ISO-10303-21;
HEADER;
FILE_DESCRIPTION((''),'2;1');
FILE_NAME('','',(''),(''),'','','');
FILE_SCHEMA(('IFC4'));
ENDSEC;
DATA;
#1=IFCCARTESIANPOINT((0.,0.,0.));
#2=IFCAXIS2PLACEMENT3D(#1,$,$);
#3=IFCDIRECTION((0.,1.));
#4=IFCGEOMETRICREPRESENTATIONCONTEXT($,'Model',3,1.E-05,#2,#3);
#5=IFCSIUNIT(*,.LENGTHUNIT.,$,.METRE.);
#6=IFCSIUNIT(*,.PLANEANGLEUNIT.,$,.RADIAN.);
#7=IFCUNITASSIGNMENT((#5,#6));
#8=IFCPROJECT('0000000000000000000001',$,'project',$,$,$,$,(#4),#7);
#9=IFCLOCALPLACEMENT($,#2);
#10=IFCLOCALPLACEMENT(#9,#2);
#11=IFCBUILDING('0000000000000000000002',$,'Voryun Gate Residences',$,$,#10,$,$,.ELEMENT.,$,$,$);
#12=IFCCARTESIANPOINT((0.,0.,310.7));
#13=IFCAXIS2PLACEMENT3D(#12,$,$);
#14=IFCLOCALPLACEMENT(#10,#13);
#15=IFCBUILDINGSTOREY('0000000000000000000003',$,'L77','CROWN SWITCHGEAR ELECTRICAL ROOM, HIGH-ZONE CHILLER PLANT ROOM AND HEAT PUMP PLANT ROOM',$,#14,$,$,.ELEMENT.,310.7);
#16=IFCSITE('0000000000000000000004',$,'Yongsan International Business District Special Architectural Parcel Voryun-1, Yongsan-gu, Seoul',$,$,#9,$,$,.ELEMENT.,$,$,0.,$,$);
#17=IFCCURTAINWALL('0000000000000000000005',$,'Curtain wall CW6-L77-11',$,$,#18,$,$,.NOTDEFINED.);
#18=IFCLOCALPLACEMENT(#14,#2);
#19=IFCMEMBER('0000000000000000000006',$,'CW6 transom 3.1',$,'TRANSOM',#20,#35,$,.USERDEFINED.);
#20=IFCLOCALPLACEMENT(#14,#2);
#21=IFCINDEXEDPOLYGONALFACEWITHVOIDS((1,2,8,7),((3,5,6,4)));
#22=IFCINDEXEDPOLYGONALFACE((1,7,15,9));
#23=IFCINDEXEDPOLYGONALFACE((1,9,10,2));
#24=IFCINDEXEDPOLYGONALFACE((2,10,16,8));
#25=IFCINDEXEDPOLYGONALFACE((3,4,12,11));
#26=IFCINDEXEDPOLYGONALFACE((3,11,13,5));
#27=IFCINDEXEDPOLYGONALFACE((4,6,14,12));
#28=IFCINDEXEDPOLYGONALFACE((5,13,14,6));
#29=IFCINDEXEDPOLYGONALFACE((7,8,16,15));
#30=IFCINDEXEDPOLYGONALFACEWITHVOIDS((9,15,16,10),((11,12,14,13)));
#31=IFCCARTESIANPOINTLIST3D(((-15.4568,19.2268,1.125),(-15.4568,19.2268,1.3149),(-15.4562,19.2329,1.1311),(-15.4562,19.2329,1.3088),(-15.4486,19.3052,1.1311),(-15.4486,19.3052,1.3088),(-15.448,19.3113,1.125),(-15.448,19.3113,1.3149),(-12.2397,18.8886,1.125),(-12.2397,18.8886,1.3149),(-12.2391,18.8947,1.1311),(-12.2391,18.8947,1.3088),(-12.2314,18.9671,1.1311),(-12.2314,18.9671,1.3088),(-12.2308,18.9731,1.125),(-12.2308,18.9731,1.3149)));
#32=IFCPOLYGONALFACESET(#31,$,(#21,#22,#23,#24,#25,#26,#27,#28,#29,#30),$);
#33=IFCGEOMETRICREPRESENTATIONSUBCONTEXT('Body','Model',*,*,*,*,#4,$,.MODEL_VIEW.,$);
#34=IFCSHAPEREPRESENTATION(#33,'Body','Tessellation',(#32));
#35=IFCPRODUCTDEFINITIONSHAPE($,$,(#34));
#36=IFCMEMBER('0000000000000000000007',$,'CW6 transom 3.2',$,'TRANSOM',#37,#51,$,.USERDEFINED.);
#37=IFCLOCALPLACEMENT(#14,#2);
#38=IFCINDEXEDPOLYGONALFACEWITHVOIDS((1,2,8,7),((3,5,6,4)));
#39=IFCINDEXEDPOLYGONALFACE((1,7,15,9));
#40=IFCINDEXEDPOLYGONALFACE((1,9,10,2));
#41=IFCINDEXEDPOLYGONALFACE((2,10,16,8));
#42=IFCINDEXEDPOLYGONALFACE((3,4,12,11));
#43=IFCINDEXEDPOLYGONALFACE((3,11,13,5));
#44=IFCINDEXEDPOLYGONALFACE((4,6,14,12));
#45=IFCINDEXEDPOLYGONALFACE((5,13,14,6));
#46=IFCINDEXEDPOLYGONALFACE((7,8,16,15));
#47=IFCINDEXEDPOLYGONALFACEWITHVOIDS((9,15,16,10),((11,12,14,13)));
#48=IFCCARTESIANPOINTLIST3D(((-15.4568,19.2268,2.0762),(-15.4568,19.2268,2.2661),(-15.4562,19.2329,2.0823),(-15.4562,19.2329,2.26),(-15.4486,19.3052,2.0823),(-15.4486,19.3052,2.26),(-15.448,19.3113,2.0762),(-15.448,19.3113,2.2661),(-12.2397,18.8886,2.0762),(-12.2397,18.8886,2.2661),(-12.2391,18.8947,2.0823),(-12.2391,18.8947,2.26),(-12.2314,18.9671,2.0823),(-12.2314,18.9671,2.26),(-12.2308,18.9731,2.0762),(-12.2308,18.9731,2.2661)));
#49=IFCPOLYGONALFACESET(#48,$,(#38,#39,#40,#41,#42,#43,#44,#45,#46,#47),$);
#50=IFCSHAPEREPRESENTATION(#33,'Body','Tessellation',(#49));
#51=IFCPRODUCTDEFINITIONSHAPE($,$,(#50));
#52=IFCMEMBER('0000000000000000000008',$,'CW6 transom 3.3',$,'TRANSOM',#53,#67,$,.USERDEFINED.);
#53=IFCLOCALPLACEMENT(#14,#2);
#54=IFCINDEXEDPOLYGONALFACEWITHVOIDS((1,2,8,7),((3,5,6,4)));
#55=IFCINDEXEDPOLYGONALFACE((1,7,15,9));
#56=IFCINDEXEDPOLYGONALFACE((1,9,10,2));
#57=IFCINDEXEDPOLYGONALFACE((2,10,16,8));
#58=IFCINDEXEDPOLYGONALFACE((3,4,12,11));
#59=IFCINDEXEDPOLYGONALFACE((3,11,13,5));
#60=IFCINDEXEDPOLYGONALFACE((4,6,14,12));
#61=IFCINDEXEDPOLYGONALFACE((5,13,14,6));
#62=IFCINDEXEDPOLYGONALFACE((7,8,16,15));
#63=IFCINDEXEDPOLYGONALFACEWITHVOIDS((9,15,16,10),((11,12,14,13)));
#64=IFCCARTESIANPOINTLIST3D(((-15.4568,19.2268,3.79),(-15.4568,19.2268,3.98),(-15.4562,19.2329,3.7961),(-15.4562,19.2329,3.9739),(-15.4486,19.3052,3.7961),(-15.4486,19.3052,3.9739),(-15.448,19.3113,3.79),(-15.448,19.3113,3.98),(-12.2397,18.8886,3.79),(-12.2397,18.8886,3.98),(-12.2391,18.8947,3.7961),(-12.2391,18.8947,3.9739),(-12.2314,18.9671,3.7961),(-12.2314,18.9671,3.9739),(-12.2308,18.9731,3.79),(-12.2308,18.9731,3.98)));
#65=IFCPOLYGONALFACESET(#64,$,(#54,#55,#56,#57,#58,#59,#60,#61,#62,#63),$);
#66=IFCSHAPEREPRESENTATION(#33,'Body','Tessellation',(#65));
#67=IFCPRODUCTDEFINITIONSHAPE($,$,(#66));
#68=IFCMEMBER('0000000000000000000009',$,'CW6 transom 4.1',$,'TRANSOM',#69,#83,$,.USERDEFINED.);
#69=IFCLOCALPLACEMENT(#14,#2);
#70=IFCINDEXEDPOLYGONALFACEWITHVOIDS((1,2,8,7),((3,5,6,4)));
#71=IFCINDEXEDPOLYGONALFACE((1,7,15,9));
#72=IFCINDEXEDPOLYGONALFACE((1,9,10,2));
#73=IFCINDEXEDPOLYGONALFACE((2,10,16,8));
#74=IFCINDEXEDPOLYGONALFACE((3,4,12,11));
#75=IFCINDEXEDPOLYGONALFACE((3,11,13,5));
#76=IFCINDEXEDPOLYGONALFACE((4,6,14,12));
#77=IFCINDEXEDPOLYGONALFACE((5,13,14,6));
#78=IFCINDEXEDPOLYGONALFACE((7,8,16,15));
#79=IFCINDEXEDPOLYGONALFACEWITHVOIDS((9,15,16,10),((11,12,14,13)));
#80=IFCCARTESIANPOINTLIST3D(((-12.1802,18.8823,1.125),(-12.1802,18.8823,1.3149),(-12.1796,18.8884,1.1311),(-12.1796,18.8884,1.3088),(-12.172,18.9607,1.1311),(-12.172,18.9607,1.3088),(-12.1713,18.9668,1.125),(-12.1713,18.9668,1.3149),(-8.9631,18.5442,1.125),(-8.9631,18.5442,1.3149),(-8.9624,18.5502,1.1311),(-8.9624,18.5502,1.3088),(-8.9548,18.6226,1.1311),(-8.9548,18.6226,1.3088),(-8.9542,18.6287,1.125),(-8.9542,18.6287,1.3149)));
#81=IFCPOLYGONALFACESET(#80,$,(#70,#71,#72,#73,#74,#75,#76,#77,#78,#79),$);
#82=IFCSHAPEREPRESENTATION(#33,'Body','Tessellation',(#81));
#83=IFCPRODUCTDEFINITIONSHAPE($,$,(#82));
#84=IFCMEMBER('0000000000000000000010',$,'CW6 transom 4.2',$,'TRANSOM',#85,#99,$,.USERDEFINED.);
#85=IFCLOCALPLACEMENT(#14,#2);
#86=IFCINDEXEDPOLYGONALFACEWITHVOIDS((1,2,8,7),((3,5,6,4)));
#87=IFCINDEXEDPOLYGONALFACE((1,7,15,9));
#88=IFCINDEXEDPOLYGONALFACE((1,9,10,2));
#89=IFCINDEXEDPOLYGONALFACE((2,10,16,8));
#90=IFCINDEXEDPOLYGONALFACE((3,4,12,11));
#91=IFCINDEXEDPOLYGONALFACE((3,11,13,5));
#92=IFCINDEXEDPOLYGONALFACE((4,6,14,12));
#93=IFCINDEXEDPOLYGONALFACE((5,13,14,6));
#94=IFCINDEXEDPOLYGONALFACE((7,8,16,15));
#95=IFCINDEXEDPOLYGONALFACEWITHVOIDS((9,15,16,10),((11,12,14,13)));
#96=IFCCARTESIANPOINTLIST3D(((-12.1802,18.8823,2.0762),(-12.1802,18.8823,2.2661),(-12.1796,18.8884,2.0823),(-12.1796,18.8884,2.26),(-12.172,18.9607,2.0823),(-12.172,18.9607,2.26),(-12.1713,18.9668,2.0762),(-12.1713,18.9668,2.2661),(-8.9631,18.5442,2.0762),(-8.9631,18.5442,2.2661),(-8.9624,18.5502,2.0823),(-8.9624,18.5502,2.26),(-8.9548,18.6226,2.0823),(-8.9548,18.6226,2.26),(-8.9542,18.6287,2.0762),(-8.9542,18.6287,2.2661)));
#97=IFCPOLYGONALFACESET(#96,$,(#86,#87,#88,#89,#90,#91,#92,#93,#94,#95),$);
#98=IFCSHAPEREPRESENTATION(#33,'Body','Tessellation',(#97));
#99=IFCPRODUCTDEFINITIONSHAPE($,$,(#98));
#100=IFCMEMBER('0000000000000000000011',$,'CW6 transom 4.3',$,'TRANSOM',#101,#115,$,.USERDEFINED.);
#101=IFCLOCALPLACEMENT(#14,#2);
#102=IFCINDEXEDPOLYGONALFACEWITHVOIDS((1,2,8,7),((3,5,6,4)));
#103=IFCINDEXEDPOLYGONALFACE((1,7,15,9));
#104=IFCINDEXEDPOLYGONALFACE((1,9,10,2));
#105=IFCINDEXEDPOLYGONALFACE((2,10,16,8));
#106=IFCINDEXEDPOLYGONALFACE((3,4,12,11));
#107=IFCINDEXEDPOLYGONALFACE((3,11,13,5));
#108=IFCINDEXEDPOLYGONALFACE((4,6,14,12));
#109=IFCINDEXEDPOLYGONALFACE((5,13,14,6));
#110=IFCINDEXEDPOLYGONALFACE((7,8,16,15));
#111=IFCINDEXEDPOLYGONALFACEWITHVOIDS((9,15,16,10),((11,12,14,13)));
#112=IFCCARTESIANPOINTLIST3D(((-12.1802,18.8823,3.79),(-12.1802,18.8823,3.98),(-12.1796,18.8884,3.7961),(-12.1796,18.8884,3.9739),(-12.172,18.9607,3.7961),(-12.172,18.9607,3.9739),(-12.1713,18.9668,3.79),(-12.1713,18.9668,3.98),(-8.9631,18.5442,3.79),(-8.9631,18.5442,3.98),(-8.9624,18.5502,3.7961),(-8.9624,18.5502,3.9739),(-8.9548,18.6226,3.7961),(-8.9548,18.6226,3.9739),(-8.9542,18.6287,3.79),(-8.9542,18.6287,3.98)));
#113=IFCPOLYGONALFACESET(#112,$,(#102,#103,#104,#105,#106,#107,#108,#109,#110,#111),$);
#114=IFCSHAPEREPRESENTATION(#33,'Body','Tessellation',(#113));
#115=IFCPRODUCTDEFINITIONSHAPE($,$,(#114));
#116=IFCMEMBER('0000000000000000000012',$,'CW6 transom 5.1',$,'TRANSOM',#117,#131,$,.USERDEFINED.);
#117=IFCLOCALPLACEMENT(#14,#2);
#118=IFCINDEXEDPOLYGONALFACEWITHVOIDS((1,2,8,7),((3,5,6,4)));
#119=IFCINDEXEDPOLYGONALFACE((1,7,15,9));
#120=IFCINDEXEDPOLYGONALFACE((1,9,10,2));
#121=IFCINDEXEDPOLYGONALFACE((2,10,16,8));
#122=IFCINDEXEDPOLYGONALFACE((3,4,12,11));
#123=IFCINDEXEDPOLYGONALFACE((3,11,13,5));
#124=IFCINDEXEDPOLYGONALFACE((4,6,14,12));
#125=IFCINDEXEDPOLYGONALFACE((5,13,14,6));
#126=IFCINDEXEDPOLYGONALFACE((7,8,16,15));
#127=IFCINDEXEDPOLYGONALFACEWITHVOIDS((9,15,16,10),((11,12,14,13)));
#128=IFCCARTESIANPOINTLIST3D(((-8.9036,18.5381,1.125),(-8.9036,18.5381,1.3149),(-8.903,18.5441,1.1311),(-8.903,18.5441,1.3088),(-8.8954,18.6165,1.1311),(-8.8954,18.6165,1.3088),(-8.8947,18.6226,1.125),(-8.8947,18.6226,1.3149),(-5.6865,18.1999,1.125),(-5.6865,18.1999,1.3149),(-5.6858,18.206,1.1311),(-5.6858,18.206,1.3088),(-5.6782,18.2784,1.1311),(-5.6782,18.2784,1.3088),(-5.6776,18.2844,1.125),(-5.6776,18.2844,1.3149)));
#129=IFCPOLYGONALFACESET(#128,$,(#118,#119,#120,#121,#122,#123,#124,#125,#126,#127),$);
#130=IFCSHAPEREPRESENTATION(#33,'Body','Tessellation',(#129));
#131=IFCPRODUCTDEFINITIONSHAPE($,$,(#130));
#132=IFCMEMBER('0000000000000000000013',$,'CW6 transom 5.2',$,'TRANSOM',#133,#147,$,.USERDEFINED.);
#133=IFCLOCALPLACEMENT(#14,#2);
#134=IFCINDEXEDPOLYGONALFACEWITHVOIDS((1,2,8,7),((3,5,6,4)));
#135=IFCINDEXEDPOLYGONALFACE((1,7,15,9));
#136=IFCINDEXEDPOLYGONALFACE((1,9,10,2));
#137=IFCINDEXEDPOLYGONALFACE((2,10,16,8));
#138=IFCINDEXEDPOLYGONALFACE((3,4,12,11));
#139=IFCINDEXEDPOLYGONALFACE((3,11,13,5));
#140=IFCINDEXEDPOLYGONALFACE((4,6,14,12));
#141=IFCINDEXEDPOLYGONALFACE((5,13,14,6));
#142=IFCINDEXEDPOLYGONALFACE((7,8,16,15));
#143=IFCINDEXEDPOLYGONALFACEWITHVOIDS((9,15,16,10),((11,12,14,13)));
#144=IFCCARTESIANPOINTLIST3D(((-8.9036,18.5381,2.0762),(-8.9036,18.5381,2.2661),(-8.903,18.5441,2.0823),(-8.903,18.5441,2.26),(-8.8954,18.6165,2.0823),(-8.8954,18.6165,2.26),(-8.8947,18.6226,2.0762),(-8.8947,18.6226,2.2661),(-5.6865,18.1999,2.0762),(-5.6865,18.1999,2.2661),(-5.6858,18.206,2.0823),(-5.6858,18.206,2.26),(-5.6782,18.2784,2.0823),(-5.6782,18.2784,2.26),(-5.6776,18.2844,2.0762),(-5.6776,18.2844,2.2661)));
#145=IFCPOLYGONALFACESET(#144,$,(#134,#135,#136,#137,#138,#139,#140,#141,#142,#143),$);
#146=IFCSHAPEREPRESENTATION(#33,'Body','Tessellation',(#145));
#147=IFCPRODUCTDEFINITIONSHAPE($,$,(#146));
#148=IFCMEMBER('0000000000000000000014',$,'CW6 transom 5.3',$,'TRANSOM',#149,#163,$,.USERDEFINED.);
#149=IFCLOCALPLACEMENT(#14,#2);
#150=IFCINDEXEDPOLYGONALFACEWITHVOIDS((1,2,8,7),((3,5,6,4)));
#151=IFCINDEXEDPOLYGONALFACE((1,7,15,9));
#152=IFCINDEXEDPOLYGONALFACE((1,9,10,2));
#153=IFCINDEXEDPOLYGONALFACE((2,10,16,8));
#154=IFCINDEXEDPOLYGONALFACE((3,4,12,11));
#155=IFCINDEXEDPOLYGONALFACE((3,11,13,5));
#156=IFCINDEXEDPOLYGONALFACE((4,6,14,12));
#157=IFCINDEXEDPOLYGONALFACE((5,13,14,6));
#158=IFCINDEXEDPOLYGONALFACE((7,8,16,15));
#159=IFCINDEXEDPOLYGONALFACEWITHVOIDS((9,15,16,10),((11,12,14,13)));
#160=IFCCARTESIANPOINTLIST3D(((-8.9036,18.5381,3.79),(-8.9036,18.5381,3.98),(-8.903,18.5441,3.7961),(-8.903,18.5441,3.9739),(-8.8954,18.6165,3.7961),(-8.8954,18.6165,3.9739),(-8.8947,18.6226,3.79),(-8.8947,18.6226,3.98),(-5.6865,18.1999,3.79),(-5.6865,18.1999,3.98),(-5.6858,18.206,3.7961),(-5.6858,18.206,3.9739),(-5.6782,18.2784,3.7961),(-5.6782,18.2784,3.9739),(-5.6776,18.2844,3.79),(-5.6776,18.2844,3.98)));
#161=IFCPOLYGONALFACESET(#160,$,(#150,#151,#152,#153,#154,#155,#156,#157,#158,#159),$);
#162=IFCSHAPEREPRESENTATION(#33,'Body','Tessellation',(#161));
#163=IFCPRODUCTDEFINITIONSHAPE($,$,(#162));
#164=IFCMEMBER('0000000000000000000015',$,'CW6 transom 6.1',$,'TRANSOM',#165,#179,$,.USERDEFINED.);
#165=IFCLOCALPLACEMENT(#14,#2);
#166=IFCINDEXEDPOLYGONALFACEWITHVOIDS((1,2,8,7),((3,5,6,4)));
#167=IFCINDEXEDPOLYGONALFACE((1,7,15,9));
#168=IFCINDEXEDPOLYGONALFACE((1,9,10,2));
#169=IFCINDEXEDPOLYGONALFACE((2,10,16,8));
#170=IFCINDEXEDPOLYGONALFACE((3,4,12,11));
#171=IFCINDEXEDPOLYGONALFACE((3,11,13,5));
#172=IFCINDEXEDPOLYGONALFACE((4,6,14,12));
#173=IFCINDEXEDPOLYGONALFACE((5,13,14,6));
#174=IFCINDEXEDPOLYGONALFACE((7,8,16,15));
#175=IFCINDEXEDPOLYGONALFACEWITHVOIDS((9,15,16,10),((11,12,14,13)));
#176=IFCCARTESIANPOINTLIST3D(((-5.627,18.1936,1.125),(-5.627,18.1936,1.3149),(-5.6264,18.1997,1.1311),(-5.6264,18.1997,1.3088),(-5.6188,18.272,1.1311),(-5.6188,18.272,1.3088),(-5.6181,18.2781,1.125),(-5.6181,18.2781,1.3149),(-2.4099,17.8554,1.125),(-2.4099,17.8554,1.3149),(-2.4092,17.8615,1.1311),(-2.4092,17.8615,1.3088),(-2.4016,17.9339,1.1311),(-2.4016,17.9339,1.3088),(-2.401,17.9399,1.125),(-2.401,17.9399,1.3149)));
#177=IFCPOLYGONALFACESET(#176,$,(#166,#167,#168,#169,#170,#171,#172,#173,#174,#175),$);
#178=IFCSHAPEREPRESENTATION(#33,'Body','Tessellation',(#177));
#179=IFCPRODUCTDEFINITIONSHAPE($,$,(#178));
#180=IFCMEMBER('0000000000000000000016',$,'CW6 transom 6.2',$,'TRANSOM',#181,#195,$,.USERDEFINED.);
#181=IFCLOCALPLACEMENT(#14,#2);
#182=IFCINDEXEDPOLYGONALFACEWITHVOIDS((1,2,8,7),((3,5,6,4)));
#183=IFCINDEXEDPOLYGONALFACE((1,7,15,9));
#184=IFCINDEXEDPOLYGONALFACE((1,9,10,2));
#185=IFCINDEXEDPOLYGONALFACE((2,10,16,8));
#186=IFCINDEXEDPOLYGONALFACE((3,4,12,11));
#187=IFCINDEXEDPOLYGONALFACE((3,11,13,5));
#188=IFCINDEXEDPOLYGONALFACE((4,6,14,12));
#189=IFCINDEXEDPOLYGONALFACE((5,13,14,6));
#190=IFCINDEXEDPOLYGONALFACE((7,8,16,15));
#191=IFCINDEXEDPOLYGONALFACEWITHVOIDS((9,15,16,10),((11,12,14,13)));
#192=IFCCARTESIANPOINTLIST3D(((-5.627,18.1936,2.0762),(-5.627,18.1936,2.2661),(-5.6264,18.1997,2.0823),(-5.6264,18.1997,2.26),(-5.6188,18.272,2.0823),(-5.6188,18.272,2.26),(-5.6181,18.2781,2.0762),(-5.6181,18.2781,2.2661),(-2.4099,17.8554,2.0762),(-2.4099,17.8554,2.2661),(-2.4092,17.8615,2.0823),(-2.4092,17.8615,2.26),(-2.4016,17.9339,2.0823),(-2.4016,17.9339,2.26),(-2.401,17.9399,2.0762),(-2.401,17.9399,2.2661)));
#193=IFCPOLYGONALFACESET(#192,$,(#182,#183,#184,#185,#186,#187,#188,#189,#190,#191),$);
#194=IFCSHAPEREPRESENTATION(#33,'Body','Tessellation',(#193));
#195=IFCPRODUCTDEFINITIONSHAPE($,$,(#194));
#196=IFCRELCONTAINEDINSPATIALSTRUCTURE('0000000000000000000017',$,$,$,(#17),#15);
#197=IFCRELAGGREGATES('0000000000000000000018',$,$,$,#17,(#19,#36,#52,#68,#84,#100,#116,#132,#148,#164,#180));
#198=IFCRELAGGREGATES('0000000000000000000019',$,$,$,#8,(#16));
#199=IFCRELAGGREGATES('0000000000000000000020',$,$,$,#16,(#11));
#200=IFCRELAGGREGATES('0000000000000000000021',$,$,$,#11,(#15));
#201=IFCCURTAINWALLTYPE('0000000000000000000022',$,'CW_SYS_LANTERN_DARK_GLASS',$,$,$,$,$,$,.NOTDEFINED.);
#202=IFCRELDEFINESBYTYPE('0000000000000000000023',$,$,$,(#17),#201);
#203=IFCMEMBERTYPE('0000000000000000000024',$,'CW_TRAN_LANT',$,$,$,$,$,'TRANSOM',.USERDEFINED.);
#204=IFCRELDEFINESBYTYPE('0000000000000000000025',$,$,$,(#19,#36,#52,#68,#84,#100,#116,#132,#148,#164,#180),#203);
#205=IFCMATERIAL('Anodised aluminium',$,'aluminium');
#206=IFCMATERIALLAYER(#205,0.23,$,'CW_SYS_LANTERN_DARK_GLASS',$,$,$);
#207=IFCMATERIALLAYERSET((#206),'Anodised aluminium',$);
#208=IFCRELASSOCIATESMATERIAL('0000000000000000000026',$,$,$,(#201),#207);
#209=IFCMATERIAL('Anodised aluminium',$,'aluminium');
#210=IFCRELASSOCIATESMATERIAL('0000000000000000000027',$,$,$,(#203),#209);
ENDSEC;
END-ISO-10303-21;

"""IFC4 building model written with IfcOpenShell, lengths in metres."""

from ifc_helpers import new_model, si_unit, direction, frame, origin, origin_2d, place, context, subcontext, project, spatial, hollow_rectangle, extrude, material, layer, layer_set, material_profile, profile_set, type_object, element, aggregate, save


model = new_model("IFC4")

# Units and contexts
model_context = context("Model", 3, precision=1e-05, world=origin(), true_north=direction((0.0, 1.0)))
body_context = subcontext(model_context, "Body", "Model", "MODEL_VIEW")
ifc_project = project(units=[si_unit("LENGTHUNIT", "METRE"), si_unit("PLANEANGLEUNIT", "RADIAN")], contexts=[model_context])

# Site, building, storey
site_placement = place(None, origin())
site = spatial("IfcSite", under=ifc_project, at=site_placement, Name="Yongsan International Business District Special Architectural Parcel Voryun-1, Yongsan-gu, Seoul", CompositionType="ELEMENT", RefElevation=0.0)
building_placement = place(site_placement, origin())
building = spatial("IfcBuilding", under=site, at=building_placement, Name="Voryun Gate Residences", CompositionType="ELEMENT")
storey_placement = place(building_placement, frame((0.0, 0.0, 310.7)))
storey = spatial("IfcBuildingStorey", under=building, at=storey_placement, Name="L77", Description="CROWN SWITCHGEAR ELECTRICAL ROOM, HIGH-ZONE CHILLER PLANT ROOM AND HEAT PUMP PLANT ROOM", CompositionType="ELEMENT", Elevation=310.7)

# Curtain wall, members
ifc_material_1 = material(Name="Anodised aluminium", Category="aluminium")
ifc_layer_1 = layer(ifc_material_1, 0.23, Name="CW_SYS_LANTERN_DARK_GLASS")
ifc_layer_set_1 = layer_set([ifc_layer_1], Name="Anodised aluminium")
curtain_wall_type = type_object("IfcCurtainWallType", Name="CW_SYS_LANTERN_DARK_GLASS", PredefinedType="NOTDEFINED", material=ifc_layer_set_1)
curtain_wall_placement = place(storey_placement, origin())
curtain_wall = element("IfcCurtainWall", 1, at=curtain_wall_placement, inside=storey, type_object=curtain_wall_type, Name="Curtain wall CW6-L77-11", PredefinedType="NOTDEFINED")
ifc_material_2 = material(Name="Anodised aluminium", Category="aluminium")
ifc_material_profile_1 = material_profile(ifc_material_2, hollow_rectangle(XDim=0.085, YDim=0.1899, WallThickness=0.0061, at=origin_2d()), Name="ALU-TRAN-190x85x6")
ifc_profile_set_1 = profile_set([ifc_material_profile_1], Name="Anodised aluminium")
member_type_1 = type_object("IfcMemberType", Name="CW_TRAN_LANT", ElementType="TRANSOM", PredefinedType="USERDEFINED", material=ifc_profile_set_1)
member_1_placement = place(storey_placement, frame((-15.4524, 19.269, 1.22), z_axis=(0.994522, -0.104532, 0.0), x_axis=(0.104532, 0.994522, 0.0)))
member_1 = element("IfcMember", 2, at=member_1_placement, type_object=member_type_1, Name="CW6 transom 3.1", ObjectType="TRANSOM", PredefinedType="USERDEFINED", context=body_context, shape_type="SweptSolid", body=[
    extrude(hollow_rectangle(XDim=0.085, YDim=0.1899, WallThickness=0.0061, at=origin_2d()), origin(), (0.0, 0.0, 1.0), 3.2349),
])
member_2_placement = place(storey_placement, frame((-15.4524, 19.269, 2.1711), z_axis=(0.994522, -0.104532, 0.0), x_axis=(0.104532, 0.994522, 0.0)))
member_2 = element("IfcMember", 3, at=member_2_placement, type_object=member_type_1, Name="CW6 transom 3.2", ObjectType="TRANSOM", PredefinedType="USERDEFINED", context=body_context, shape_type="SweptSolid", body=[
    extrude(hollow_rectangle(XDim=0.085, YDim=0.1899, WallThickness=0.0061, at=origin_2d()), origin(), (0.0, 0.0, 1.0), 3.2349),
])
member_3_placement = place(storey_placement, frame((-15.4524, 19.269, 3.885), z_axis=(0.994522, -0.104532, 0.0), x_axis=(0.104532, 0.994522, 0.0)))
member_3 = element("IfcMember", 4, at=member_3_placement, type_object=member_type_1, Name="CW6 transom 3.3", ObjectType="TRANSOM", PredefinedType="USERDEFINED", context=body_context, shape_type="SweptSolid", body=[
    extrude(hollow_rectangle(XDim=0.085, YDim=0.1899, WallThickness=0.0061, at=origin_2d()), origin(), (0.0, 0.0, 1.0), 3.2349),
])
member_4_placement = place(storey_placement, frame((-12.1758, 18.9246, 1.22), z_axis=(0.994522, -0.104532, 0.0), x_axis=(0.104532, 0.994522, 0.0)))
member_4 = element("IfcMember", 5, at=member_4_placement, type_object=member_type_1, Name="CW6 transom 4.1", ObjectType="TRANSOM", PredefinedType="USERDEFINED", context=body_context, shape_type="SweptSolid", body=[
    extrude(hollow_rectangle(XDim=0.085, YDim=0.1899, WallThickness=0.0061, at=origin_2d()), origin(), (0.0, 0.0, 1.0), 3.2349),
])
member_5_placement = place(storey_placement, frame((-12.1758, 18.9246, 2.1711), z_axis=(0.994522, -0.104532, 0.0), x_axis=(0.104532, 0.994522, 0.0)))
member_5 = element("IfcMember", 6, at=member_5_placement, type_object=member_type_1, Name="CW6 transom 4.2", ObjectType="TRANSOM", PredefinedType="USERDEFINED", context=body_context, shape_type="SweptSolid", body=[
    extrude(hollow_rectangle(XDim=0.085, YDim=0.1899, WallThickness=0.0061, at=origin_2d()), origin(), (0.0, 0.0, 1.0), 3.2349),
])
member_6_placement = place(storey_placement, frame((-12.1758, 18.9246, 3.885), z_axis=(0.994522, -0.104532, 0.0), x_axis=(0.104532, 0.994522, 0.0)))
member_6 = element("IfcMember", 7, at=member_6_placement, type_object=member_type_1, Name="CW6 transom 4.3", ObjectType="TRANSOM", PredefinedType="USERDEFINED", context=body_context, shape_type="SweptSolid", body=[
    extrude(hollow_rectangle(XDim=0.085, YDim=0.1899, WallThickness=0.0061, at=origin_2d()), origin(), (0.0, 0.0, 1.0), 3.2349),
])
member_7_placement = place(storey_placement, frame((-8.8992, 18.5803, 1.22), z_axis=(0.994522, -0.104532, 0.0), x_axis=(0.104532, 0.994522, 0.0)))
member_7 = element("IfcMember", 8, at=member_7_placement, type_object=member_type_1, Name="CW6 transom 5.1", ObjectType="TRANSOM", PredefinedType="USERDEFINED", context=body_context, shape_type="SweptSolid", body=[
    extrude(hollow_rectangle(XDim=0.085, YDim=0.1899, WallThickness=0.0061, at=origin_2d()), origin(), (0.0, 0.0, 1.0), 3.2349),
])
member_8_placement = place(storey_placement, frame((-8.8992, 18.5803, 2.1711), z_axis=(0.994522, -0.104532, 0.0), x_axis=(0.104532, 0.994522, 0.0)))
member_8 = element("IfcMember", 9, at=member_8_placement, type_object=member_type_1, Name="CW6 transom 5.2", ObjectType="TRANSOM", PredefinedType="USERDEFINED", context=body_context, shape_type="SweptSolid", body=[
    extrude(hollow_rectangle(XDim=0.085, YDim=0.1899, WallThickness=0.0061, at=origin_2d()), origin(), (0.0, 0.0, 1.0), 3.2349),
])
member_9_placement = place(storey_placement, frame((-8.8992, 18.5803, 3.885), z_axis=(0.994522, -0.104532, 0.0), x_axis=(0.104532, 0.994522, 0.0)))
member_9 = element("IfcMember", 10, at=member_9_placement, type_object=member_type_1, Name="CW6 transom 5.3", ObjectType="TRANSOM", PredefinedType="USERDEFINED", context=body_context, shape_type="SweptSolid", body=[
    extrude(hollow_rectangle(XDim=0.085, YDim=0.1899, WallThickness=0.0061, at=origin_2d()), origin(), (0.0, 0.0, 1.0), 3.2349),
])
member_10_placement = place(storey_placement, frame((-5.6226, 18.2358, 1.22), z_axis=(0.994522, -0.104532, 0.0), x_axis=(0.104532, 0.994522, 0.0)))
member_10 = element("IfcMember", 11, at=member_10_placement, type_object=member_type_1, Name="CW6 transom 6.1", ObjectType="TRANSOM", PredefinedType="USERDEFINED", context=body_context, shape_type="SweptSolid", body=[
    extrude(hollow_rectangle(XDim=0.085, YDim=0.1899, WallThickness=0.0061, at=origin_2d()), origin(), (0.0, 0.0, 1.0), 3.2349),
])
member_11_placement = place(storey_placement, frame((-5.6226, 18.2358, 2.1711), z_axis=(0.994522, -0.104532, 0.0), x_axis=(0.104532, 0.994522, 0.0)))
member_11 = element("IfcMember", 12, at=member_11_placement, type_object=member_type_1, Name="CW6 transom 6.2", ObjectType="TRANSOM", PredefinedType="USERDEFINED", context=body_context, shape_type="SweptSolid", body=[
    extrude(hollow_rectangle(XDim=0.085, YDim=0.1899, WallThickness=0.0061, at=origin_2d()), origin(), (0.0, 0.0, 1.0), 3.2349),
])

aggregate(curtain_wall, [member_1, member_2, member_3, member_4, member_5, member_6, member_7, member_8, member_9, member_10, member_11])

save(model, "model.ifc")
